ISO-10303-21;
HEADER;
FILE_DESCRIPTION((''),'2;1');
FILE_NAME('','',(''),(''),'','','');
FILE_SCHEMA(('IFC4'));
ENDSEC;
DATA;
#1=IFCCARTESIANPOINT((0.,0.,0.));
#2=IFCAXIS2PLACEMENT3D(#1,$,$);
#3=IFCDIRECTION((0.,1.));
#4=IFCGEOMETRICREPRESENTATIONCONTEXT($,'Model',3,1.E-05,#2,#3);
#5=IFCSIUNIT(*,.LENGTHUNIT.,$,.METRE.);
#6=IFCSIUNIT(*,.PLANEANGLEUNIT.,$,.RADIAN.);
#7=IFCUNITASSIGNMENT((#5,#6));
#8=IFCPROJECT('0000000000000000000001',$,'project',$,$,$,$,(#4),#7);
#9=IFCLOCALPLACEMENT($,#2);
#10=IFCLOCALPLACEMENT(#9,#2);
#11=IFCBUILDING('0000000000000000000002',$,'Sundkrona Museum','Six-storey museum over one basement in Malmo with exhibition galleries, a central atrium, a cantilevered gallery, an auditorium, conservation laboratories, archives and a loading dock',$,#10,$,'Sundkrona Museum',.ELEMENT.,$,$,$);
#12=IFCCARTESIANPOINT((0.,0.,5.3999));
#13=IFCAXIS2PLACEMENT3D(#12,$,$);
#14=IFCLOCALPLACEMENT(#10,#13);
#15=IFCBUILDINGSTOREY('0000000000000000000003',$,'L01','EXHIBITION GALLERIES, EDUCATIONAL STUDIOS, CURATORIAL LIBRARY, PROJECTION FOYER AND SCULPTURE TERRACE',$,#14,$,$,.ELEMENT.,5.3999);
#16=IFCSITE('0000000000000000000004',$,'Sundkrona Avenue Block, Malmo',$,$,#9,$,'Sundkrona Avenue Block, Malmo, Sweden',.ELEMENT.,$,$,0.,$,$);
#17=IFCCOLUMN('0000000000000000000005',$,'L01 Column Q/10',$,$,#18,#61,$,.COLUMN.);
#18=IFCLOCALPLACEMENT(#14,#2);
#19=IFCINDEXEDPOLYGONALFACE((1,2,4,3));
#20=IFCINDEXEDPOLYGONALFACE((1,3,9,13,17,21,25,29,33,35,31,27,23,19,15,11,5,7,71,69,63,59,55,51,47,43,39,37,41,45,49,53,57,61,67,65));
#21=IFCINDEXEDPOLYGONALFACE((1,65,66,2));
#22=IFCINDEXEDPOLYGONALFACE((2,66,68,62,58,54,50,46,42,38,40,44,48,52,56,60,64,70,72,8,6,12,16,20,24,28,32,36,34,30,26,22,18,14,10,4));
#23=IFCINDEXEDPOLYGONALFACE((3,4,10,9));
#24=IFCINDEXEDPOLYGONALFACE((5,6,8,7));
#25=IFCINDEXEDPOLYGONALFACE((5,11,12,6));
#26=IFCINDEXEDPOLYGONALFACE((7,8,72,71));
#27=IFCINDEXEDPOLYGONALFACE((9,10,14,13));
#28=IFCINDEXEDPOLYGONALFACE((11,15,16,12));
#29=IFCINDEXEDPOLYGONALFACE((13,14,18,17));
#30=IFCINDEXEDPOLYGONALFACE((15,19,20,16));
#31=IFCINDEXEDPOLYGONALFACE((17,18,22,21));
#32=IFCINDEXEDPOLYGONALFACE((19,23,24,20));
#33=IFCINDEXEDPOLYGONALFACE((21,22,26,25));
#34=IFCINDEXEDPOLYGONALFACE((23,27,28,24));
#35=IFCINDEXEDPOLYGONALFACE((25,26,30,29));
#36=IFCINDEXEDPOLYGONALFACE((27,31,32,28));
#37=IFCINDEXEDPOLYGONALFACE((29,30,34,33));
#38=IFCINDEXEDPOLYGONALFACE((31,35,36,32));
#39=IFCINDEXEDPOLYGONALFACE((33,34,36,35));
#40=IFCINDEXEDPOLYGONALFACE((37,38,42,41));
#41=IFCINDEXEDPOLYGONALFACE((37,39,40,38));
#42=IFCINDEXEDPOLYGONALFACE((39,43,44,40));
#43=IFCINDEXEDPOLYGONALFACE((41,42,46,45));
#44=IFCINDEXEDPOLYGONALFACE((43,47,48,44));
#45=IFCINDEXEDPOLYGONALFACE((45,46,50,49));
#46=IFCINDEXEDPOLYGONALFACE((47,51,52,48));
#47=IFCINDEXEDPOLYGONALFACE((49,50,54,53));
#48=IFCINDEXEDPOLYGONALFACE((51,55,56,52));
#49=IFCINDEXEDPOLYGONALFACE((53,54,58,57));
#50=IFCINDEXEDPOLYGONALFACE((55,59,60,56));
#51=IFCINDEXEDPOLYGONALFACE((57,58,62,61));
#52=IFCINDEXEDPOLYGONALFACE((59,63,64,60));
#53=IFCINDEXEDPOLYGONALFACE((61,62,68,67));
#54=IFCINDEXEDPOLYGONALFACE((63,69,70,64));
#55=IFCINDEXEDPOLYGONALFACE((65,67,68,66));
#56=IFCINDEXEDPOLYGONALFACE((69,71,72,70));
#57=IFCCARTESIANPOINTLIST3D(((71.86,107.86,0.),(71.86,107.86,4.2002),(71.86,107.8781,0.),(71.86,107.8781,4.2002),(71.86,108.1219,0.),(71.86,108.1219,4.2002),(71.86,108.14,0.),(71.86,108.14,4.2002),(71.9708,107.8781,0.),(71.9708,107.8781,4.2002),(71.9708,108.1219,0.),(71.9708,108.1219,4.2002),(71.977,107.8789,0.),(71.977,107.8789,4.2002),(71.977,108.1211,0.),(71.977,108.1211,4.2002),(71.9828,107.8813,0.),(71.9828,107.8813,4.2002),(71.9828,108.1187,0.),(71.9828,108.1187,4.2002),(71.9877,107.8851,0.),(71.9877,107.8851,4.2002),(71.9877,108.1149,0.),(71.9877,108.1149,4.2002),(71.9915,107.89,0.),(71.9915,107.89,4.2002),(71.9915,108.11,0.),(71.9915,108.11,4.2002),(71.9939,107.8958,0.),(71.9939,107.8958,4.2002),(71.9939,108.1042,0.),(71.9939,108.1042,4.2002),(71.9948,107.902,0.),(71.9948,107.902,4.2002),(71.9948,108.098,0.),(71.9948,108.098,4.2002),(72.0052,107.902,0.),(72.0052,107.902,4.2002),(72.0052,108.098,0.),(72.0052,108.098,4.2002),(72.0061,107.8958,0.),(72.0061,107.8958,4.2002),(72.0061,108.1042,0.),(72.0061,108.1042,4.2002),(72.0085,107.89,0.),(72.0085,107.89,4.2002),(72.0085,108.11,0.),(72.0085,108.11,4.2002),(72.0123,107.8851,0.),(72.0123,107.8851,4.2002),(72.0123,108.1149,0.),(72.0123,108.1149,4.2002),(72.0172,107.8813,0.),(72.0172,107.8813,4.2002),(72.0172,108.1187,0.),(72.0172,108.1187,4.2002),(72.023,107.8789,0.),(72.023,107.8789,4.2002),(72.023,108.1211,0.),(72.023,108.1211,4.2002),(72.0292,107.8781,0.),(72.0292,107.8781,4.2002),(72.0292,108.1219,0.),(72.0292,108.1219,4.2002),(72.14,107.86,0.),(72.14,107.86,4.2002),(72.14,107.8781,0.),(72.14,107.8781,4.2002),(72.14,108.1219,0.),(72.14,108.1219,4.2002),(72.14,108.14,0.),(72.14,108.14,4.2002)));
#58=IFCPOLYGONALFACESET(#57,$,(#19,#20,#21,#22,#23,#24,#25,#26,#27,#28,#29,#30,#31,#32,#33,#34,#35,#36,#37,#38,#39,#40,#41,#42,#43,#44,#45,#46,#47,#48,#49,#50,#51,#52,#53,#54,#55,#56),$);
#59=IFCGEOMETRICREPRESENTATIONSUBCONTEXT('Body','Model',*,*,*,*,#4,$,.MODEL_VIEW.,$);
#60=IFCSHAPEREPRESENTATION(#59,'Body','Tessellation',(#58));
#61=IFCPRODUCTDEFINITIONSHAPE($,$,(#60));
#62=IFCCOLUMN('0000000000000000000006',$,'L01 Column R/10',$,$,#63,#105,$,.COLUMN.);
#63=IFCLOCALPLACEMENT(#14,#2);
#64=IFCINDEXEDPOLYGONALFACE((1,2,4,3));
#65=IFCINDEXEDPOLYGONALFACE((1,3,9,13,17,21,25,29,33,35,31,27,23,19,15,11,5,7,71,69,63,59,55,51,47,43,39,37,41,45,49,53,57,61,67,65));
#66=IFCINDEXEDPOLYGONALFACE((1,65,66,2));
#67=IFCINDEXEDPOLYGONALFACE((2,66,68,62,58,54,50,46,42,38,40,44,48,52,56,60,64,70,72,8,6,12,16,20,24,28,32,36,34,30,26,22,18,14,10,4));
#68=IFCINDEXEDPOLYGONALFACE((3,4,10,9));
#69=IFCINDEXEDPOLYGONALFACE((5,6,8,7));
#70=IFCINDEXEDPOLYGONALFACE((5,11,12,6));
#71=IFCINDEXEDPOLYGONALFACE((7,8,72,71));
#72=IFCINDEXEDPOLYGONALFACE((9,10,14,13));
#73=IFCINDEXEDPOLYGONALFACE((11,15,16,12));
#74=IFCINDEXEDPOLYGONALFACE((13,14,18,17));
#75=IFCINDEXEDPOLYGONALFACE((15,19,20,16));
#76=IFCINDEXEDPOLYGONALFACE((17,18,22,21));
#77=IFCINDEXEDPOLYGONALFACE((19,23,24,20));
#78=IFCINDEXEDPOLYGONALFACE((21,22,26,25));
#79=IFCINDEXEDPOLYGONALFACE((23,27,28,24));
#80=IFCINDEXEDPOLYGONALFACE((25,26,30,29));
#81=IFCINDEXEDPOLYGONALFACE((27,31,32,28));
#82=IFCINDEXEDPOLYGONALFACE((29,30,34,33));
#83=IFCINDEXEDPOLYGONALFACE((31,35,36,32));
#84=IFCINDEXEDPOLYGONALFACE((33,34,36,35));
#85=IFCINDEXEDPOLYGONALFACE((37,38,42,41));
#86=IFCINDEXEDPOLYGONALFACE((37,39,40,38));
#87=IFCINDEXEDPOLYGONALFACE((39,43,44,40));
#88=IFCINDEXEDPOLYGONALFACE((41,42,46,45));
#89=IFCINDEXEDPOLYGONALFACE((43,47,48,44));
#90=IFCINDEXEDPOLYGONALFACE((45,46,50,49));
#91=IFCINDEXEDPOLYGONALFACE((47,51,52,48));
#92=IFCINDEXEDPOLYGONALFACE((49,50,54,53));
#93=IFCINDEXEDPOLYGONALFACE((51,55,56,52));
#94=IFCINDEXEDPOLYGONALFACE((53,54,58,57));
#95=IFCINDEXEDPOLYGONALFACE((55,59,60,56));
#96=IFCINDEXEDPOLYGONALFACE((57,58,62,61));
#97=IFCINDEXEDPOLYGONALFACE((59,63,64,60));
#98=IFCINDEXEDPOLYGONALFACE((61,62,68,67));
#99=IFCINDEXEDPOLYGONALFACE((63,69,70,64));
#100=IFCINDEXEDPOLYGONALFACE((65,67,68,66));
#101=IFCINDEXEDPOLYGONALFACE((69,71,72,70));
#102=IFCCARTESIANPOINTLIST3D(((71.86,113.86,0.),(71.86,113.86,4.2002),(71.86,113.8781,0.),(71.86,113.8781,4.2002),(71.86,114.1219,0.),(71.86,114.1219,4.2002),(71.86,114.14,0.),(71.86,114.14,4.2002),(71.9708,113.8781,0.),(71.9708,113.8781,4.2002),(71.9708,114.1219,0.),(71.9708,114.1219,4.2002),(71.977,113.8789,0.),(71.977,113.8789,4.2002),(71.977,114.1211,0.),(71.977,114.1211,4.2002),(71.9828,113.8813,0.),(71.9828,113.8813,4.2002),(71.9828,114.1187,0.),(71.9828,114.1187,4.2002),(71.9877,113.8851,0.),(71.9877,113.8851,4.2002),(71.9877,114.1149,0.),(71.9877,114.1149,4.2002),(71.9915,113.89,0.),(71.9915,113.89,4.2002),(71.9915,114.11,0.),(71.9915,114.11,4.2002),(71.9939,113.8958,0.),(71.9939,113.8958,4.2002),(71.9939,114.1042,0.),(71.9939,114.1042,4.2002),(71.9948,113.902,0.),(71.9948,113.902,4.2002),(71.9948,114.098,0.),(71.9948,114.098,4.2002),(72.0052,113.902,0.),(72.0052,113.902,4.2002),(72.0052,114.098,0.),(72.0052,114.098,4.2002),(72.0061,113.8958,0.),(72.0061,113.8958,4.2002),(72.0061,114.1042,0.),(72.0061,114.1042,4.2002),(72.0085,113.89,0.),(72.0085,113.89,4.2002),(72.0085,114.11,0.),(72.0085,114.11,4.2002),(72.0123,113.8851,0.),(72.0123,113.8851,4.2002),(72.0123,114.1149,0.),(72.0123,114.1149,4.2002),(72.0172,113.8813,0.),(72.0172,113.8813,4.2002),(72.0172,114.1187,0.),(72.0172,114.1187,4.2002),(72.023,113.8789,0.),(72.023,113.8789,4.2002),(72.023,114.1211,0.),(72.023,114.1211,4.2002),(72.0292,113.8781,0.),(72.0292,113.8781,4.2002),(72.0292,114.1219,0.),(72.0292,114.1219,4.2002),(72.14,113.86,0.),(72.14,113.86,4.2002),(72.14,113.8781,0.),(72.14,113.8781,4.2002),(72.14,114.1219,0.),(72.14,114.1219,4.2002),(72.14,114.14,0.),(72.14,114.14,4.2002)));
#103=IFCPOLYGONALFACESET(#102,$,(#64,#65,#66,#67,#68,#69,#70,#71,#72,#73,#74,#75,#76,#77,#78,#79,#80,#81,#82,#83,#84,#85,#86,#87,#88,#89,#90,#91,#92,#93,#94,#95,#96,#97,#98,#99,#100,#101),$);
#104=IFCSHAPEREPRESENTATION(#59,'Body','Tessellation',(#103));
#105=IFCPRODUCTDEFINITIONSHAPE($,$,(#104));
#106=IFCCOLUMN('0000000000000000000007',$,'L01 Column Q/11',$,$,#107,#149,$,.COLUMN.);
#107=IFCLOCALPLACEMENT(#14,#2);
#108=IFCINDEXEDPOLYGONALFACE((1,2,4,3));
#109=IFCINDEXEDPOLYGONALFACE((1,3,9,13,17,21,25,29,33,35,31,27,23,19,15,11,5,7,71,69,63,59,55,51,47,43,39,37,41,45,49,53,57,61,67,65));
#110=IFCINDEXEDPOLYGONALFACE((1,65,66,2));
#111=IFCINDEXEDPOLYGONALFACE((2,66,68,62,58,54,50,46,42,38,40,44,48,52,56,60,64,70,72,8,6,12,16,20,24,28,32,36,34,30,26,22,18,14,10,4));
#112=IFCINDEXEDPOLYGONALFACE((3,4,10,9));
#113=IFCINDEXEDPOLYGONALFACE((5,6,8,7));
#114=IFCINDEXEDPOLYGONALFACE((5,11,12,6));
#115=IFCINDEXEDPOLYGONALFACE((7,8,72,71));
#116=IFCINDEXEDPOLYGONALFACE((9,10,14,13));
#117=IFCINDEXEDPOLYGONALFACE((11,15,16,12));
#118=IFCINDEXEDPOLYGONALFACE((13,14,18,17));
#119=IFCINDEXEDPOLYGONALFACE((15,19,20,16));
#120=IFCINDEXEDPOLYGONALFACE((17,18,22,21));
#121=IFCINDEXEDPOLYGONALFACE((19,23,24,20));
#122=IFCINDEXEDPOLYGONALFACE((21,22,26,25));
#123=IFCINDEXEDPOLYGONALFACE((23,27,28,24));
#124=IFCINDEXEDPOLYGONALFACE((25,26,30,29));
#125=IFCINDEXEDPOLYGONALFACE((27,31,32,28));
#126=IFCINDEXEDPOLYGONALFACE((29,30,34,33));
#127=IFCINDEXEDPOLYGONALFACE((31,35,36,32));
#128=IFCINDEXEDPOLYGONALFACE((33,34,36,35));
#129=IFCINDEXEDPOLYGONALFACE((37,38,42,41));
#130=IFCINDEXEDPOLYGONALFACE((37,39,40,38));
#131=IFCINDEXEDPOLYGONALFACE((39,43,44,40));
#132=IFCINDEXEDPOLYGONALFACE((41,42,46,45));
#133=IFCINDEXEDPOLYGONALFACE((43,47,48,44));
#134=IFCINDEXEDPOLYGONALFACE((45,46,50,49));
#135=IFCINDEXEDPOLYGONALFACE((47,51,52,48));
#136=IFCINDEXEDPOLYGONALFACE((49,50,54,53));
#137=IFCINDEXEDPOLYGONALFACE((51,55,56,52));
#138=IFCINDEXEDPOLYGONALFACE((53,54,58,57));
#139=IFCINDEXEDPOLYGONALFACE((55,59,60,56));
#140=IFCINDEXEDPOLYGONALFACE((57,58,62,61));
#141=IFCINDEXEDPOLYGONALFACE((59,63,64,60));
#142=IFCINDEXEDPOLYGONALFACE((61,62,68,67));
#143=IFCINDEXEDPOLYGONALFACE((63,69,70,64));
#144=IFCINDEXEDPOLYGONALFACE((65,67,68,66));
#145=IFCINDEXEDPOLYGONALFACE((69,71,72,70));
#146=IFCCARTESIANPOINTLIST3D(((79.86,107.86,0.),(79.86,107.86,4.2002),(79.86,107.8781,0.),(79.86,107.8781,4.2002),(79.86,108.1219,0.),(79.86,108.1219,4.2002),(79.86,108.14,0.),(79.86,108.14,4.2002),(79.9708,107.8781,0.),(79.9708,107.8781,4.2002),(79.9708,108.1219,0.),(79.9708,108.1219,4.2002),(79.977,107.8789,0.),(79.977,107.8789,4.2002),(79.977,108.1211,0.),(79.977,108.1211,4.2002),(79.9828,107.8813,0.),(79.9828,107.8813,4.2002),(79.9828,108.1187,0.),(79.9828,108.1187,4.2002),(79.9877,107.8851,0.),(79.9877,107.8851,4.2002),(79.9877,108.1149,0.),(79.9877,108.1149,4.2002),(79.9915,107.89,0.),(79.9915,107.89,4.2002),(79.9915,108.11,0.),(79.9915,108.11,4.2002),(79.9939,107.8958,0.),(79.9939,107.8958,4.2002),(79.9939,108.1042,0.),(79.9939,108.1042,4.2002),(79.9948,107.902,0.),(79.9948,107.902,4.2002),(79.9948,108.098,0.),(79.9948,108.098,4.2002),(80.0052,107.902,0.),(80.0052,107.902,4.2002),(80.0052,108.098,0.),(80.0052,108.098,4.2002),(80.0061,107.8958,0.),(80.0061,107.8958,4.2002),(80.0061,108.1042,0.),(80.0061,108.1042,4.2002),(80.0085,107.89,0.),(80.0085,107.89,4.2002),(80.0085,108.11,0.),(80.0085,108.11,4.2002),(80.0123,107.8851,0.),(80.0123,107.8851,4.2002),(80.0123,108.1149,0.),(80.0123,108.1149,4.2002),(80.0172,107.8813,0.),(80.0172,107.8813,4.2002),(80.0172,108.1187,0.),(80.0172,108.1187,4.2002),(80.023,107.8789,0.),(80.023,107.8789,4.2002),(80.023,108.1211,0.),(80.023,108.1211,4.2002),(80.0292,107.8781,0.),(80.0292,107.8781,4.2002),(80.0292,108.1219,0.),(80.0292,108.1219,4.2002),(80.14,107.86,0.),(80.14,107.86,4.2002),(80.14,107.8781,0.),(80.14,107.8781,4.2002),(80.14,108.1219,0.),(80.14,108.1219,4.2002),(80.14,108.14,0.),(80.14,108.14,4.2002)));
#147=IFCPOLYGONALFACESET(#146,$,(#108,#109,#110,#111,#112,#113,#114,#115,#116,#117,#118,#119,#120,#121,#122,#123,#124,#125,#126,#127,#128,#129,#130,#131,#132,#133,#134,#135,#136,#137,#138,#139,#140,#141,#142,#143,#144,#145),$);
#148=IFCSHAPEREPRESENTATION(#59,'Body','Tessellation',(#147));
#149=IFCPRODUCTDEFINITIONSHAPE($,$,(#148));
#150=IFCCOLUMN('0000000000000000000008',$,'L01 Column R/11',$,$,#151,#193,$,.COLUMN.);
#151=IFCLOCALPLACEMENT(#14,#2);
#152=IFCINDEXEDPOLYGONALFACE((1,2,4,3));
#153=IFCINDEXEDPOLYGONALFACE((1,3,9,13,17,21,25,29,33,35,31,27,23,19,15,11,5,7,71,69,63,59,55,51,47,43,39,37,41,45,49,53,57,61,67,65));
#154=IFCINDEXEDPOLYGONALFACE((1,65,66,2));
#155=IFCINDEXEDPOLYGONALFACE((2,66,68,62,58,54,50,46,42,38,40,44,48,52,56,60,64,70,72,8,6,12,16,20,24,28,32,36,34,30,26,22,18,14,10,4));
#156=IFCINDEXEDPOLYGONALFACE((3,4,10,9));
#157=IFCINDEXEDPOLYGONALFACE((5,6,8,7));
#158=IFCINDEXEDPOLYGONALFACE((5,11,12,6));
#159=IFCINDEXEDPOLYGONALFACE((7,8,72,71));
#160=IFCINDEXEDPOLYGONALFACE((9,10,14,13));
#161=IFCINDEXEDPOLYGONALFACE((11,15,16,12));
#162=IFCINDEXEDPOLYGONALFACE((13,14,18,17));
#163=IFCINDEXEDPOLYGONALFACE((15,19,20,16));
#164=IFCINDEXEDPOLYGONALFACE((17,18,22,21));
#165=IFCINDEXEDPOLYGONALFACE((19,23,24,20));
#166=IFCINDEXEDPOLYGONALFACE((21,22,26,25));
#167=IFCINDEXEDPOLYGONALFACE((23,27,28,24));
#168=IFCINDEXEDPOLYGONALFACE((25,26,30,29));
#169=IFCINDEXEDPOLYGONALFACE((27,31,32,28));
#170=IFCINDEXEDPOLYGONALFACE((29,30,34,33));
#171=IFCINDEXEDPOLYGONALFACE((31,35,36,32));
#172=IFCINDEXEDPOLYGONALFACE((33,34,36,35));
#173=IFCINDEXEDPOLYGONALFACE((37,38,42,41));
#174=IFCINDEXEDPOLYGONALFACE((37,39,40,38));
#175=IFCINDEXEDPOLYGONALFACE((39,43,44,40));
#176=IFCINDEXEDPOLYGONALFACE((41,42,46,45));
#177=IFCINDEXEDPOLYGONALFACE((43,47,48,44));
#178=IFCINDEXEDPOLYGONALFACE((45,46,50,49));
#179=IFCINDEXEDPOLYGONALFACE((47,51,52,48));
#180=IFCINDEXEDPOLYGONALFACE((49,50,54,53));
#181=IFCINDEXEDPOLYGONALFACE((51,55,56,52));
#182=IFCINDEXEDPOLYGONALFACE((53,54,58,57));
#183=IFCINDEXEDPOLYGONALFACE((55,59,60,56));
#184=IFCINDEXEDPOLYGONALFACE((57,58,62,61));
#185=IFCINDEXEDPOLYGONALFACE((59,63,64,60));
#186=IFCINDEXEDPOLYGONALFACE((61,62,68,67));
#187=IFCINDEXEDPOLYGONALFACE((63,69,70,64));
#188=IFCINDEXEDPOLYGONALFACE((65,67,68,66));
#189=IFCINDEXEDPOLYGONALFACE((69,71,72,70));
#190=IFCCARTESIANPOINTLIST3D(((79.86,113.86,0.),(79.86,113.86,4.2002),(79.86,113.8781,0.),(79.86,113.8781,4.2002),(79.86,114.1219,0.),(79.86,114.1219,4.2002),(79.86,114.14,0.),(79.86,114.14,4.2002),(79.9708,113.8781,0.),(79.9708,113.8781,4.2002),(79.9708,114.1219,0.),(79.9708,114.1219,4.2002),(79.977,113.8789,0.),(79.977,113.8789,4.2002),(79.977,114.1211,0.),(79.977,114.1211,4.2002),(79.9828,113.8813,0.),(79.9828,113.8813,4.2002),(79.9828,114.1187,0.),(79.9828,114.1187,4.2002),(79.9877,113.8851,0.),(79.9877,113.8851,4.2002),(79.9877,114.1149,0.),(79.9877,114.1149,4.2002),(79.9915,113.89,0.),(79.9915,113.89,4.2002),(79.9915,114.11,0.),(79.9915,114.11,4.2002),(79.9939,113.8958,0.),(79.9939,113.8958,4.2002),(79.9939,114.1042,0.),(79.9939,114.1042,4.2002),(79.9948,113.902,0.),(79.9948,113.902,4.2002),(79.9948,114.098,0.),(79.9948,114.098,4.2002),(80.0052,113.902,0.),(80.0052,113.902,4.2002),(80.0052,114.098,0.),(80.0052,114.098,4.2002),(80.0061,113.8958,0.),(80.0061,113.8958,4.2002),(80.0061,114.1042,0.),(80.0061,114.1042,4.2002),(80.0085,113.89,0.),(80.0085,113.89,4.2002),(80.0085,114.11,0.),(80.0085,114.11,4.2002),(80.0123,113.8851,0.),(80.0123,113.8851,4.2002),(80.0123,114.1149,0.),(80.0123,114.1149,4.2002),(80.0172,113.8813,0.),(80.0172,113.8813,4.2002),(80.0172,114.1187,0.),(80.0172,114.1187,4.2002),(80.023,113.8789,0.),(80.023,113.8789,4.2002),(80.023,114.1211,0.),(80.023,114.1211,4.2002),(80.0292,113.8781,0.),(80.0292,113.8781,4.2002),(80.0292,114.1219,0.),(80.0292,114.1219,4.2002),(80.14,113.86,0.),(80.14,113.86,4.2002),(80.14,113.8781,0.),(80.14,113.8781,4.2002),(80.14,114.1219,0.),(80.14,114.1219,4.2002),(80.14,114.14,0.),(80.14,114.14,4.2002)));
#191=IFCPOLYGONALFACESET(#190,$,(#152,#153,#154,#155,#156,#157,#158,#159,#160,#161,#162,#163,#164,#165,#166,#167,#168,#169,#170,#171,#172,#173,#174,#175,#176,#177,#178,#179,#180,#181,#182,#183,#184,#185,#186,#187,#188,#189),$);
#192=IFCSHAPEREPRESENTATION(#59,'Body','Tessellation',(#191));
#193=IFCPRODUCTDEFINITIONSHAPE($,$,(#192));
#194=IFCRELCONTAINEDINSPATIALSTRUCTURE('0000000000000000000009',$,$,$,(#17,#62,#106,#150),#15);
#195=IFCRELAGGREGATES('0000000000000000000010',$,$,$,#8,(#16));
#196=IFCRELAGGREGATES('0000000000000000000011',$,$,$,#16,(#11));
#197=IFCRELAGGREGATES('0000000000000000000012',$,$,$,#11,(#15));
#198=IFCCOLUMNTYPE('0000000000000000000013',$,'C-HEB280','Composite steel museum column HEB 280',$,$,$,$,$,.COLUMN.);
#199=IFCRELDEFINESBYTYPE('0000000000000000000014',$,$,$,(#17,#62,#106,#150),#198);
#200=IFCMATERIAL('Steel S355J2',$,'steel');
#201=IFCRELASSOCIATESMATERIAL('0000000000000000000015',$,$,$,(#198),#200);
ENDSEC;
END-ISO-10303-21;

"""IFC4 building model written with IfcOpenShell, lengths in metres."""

from ifc_helpers import new_model, si_unit, direction, frame, origin, origin_2d, place, context, subcontext, project, spatial, i_section, extrude, material, material_profile, profile_set, type_object, element, save


model = new_model("IFC4")

# Units and contexts
model_context = context("Model", 3, precision=1e-05, world=origin(), true_north=direction((0.0, 1.0)))
body_context = subcontext(model_context, "Body", "Model", "MODEL_VIEW")
ifc_project = project(units=[si_unit("LENGTHUNIT", "METRE"), si_unit("PLANEANGLEUNIT", "RADIAN")], contexts=[model_context])

# Site, building, storey
site_placement = place(None, origin())
site = spatial("IfcSite", under=ifc_project, at=site_placement, Name="Sundkrona Avenue Block, Malmo", LongName="Sundkrona Avenue Block, Malmo, Sweden", CompositionType="ELEMENT", RefElevation=0.0)
building_placement = place(site_placement, origin())
building = spatial("IfcBuilding", under=site, at=building_placement, Name="Sundkrona Museum", Description="Six-storey museum over one basement in Malmo with exhibition galleries, a central atrium, a cantilevered gallery, an auditorium, conservation laboratories, archives and a loading dock", LongName="Sundkrona Museum", CompositionType="ELEMENT")
storey_placement = place(building_placement, frame((0.0, 0.0, 5.3999)))
storey = spatial("IfcBuildingStorey", under=building, at=storey_placement, Name="L01", Description="EXHIBITION GALLERIES, EDUCATIONAL STUDIOS, CURATORIAL LIBRARY, PROJECTION FOYER AND SCULPTURE TERRACE", CompositionType="ELEMENT", Elevation=5.3999)

# Columns
ifc_material_1 = material(Name="Steel S355J2", Category="steel")
ifc_material_profile_1 = material_profile(ifc_material_1, i_section(OverallWidth=0.28, OverallDepth=0.28, WebThickness=0.0105, FlangeThickness=0.0181, FilletRadius=0.0239, at=origin_2d()), Name="HEB 280")
ifc_profile_set_1 = profile_set([ifc_material_profile_1], Name="Steel S355J2")
column_type = type_object("IfcColumnType", Name="C-HEB280", Description="Composite steel museum column HEB 280", PredefinedType="COLUMN", material=ifc_profile_set_1)
for number, where, z_axis, x_axis, name in (
    (1, (72.0, 108.0, 0.0), (0.0, 0.0, 1.0), (1.0, 0.0, 0.0), "L01 Column Q/10"),
    (2, (72.0, 114.0, 0.0), (0.0, 0.0, 1.0), (1.0, 0.0, 0.0), "L01 Column R/10"),
    (3, (80.0, 108.0, 0.0), (0.0, 0.0, 1.0), (1.0, 0.0, 0.0), "L01 Column Q/11"),
    (4, (80.0, 114.0, 0.0), (0.0, 0.0, 1.0), (1.0, 0.0, 0.0), "L01 Column R/11"),
):
    element("IfcColumn", number, at=place(storey_placement, frame(where, z_axis=z_axis, x_axis=x_axis)), inside=storey, type_object=column_type, Name=name, PredefinedType="COLUMN", context=body_context, shape_type="SweptSolid", body=[
        extrude(i_section(OverallWidth=0.28, OverallDepth=0.28, WebThickness=0.0105, FlangeThickness=0.0181, FilletRadius=0.0239, at=origin_2d()), origin(), (0.0, 0.0, 1.0), 4.2002),
    ])

save(model, "model.ifc")
